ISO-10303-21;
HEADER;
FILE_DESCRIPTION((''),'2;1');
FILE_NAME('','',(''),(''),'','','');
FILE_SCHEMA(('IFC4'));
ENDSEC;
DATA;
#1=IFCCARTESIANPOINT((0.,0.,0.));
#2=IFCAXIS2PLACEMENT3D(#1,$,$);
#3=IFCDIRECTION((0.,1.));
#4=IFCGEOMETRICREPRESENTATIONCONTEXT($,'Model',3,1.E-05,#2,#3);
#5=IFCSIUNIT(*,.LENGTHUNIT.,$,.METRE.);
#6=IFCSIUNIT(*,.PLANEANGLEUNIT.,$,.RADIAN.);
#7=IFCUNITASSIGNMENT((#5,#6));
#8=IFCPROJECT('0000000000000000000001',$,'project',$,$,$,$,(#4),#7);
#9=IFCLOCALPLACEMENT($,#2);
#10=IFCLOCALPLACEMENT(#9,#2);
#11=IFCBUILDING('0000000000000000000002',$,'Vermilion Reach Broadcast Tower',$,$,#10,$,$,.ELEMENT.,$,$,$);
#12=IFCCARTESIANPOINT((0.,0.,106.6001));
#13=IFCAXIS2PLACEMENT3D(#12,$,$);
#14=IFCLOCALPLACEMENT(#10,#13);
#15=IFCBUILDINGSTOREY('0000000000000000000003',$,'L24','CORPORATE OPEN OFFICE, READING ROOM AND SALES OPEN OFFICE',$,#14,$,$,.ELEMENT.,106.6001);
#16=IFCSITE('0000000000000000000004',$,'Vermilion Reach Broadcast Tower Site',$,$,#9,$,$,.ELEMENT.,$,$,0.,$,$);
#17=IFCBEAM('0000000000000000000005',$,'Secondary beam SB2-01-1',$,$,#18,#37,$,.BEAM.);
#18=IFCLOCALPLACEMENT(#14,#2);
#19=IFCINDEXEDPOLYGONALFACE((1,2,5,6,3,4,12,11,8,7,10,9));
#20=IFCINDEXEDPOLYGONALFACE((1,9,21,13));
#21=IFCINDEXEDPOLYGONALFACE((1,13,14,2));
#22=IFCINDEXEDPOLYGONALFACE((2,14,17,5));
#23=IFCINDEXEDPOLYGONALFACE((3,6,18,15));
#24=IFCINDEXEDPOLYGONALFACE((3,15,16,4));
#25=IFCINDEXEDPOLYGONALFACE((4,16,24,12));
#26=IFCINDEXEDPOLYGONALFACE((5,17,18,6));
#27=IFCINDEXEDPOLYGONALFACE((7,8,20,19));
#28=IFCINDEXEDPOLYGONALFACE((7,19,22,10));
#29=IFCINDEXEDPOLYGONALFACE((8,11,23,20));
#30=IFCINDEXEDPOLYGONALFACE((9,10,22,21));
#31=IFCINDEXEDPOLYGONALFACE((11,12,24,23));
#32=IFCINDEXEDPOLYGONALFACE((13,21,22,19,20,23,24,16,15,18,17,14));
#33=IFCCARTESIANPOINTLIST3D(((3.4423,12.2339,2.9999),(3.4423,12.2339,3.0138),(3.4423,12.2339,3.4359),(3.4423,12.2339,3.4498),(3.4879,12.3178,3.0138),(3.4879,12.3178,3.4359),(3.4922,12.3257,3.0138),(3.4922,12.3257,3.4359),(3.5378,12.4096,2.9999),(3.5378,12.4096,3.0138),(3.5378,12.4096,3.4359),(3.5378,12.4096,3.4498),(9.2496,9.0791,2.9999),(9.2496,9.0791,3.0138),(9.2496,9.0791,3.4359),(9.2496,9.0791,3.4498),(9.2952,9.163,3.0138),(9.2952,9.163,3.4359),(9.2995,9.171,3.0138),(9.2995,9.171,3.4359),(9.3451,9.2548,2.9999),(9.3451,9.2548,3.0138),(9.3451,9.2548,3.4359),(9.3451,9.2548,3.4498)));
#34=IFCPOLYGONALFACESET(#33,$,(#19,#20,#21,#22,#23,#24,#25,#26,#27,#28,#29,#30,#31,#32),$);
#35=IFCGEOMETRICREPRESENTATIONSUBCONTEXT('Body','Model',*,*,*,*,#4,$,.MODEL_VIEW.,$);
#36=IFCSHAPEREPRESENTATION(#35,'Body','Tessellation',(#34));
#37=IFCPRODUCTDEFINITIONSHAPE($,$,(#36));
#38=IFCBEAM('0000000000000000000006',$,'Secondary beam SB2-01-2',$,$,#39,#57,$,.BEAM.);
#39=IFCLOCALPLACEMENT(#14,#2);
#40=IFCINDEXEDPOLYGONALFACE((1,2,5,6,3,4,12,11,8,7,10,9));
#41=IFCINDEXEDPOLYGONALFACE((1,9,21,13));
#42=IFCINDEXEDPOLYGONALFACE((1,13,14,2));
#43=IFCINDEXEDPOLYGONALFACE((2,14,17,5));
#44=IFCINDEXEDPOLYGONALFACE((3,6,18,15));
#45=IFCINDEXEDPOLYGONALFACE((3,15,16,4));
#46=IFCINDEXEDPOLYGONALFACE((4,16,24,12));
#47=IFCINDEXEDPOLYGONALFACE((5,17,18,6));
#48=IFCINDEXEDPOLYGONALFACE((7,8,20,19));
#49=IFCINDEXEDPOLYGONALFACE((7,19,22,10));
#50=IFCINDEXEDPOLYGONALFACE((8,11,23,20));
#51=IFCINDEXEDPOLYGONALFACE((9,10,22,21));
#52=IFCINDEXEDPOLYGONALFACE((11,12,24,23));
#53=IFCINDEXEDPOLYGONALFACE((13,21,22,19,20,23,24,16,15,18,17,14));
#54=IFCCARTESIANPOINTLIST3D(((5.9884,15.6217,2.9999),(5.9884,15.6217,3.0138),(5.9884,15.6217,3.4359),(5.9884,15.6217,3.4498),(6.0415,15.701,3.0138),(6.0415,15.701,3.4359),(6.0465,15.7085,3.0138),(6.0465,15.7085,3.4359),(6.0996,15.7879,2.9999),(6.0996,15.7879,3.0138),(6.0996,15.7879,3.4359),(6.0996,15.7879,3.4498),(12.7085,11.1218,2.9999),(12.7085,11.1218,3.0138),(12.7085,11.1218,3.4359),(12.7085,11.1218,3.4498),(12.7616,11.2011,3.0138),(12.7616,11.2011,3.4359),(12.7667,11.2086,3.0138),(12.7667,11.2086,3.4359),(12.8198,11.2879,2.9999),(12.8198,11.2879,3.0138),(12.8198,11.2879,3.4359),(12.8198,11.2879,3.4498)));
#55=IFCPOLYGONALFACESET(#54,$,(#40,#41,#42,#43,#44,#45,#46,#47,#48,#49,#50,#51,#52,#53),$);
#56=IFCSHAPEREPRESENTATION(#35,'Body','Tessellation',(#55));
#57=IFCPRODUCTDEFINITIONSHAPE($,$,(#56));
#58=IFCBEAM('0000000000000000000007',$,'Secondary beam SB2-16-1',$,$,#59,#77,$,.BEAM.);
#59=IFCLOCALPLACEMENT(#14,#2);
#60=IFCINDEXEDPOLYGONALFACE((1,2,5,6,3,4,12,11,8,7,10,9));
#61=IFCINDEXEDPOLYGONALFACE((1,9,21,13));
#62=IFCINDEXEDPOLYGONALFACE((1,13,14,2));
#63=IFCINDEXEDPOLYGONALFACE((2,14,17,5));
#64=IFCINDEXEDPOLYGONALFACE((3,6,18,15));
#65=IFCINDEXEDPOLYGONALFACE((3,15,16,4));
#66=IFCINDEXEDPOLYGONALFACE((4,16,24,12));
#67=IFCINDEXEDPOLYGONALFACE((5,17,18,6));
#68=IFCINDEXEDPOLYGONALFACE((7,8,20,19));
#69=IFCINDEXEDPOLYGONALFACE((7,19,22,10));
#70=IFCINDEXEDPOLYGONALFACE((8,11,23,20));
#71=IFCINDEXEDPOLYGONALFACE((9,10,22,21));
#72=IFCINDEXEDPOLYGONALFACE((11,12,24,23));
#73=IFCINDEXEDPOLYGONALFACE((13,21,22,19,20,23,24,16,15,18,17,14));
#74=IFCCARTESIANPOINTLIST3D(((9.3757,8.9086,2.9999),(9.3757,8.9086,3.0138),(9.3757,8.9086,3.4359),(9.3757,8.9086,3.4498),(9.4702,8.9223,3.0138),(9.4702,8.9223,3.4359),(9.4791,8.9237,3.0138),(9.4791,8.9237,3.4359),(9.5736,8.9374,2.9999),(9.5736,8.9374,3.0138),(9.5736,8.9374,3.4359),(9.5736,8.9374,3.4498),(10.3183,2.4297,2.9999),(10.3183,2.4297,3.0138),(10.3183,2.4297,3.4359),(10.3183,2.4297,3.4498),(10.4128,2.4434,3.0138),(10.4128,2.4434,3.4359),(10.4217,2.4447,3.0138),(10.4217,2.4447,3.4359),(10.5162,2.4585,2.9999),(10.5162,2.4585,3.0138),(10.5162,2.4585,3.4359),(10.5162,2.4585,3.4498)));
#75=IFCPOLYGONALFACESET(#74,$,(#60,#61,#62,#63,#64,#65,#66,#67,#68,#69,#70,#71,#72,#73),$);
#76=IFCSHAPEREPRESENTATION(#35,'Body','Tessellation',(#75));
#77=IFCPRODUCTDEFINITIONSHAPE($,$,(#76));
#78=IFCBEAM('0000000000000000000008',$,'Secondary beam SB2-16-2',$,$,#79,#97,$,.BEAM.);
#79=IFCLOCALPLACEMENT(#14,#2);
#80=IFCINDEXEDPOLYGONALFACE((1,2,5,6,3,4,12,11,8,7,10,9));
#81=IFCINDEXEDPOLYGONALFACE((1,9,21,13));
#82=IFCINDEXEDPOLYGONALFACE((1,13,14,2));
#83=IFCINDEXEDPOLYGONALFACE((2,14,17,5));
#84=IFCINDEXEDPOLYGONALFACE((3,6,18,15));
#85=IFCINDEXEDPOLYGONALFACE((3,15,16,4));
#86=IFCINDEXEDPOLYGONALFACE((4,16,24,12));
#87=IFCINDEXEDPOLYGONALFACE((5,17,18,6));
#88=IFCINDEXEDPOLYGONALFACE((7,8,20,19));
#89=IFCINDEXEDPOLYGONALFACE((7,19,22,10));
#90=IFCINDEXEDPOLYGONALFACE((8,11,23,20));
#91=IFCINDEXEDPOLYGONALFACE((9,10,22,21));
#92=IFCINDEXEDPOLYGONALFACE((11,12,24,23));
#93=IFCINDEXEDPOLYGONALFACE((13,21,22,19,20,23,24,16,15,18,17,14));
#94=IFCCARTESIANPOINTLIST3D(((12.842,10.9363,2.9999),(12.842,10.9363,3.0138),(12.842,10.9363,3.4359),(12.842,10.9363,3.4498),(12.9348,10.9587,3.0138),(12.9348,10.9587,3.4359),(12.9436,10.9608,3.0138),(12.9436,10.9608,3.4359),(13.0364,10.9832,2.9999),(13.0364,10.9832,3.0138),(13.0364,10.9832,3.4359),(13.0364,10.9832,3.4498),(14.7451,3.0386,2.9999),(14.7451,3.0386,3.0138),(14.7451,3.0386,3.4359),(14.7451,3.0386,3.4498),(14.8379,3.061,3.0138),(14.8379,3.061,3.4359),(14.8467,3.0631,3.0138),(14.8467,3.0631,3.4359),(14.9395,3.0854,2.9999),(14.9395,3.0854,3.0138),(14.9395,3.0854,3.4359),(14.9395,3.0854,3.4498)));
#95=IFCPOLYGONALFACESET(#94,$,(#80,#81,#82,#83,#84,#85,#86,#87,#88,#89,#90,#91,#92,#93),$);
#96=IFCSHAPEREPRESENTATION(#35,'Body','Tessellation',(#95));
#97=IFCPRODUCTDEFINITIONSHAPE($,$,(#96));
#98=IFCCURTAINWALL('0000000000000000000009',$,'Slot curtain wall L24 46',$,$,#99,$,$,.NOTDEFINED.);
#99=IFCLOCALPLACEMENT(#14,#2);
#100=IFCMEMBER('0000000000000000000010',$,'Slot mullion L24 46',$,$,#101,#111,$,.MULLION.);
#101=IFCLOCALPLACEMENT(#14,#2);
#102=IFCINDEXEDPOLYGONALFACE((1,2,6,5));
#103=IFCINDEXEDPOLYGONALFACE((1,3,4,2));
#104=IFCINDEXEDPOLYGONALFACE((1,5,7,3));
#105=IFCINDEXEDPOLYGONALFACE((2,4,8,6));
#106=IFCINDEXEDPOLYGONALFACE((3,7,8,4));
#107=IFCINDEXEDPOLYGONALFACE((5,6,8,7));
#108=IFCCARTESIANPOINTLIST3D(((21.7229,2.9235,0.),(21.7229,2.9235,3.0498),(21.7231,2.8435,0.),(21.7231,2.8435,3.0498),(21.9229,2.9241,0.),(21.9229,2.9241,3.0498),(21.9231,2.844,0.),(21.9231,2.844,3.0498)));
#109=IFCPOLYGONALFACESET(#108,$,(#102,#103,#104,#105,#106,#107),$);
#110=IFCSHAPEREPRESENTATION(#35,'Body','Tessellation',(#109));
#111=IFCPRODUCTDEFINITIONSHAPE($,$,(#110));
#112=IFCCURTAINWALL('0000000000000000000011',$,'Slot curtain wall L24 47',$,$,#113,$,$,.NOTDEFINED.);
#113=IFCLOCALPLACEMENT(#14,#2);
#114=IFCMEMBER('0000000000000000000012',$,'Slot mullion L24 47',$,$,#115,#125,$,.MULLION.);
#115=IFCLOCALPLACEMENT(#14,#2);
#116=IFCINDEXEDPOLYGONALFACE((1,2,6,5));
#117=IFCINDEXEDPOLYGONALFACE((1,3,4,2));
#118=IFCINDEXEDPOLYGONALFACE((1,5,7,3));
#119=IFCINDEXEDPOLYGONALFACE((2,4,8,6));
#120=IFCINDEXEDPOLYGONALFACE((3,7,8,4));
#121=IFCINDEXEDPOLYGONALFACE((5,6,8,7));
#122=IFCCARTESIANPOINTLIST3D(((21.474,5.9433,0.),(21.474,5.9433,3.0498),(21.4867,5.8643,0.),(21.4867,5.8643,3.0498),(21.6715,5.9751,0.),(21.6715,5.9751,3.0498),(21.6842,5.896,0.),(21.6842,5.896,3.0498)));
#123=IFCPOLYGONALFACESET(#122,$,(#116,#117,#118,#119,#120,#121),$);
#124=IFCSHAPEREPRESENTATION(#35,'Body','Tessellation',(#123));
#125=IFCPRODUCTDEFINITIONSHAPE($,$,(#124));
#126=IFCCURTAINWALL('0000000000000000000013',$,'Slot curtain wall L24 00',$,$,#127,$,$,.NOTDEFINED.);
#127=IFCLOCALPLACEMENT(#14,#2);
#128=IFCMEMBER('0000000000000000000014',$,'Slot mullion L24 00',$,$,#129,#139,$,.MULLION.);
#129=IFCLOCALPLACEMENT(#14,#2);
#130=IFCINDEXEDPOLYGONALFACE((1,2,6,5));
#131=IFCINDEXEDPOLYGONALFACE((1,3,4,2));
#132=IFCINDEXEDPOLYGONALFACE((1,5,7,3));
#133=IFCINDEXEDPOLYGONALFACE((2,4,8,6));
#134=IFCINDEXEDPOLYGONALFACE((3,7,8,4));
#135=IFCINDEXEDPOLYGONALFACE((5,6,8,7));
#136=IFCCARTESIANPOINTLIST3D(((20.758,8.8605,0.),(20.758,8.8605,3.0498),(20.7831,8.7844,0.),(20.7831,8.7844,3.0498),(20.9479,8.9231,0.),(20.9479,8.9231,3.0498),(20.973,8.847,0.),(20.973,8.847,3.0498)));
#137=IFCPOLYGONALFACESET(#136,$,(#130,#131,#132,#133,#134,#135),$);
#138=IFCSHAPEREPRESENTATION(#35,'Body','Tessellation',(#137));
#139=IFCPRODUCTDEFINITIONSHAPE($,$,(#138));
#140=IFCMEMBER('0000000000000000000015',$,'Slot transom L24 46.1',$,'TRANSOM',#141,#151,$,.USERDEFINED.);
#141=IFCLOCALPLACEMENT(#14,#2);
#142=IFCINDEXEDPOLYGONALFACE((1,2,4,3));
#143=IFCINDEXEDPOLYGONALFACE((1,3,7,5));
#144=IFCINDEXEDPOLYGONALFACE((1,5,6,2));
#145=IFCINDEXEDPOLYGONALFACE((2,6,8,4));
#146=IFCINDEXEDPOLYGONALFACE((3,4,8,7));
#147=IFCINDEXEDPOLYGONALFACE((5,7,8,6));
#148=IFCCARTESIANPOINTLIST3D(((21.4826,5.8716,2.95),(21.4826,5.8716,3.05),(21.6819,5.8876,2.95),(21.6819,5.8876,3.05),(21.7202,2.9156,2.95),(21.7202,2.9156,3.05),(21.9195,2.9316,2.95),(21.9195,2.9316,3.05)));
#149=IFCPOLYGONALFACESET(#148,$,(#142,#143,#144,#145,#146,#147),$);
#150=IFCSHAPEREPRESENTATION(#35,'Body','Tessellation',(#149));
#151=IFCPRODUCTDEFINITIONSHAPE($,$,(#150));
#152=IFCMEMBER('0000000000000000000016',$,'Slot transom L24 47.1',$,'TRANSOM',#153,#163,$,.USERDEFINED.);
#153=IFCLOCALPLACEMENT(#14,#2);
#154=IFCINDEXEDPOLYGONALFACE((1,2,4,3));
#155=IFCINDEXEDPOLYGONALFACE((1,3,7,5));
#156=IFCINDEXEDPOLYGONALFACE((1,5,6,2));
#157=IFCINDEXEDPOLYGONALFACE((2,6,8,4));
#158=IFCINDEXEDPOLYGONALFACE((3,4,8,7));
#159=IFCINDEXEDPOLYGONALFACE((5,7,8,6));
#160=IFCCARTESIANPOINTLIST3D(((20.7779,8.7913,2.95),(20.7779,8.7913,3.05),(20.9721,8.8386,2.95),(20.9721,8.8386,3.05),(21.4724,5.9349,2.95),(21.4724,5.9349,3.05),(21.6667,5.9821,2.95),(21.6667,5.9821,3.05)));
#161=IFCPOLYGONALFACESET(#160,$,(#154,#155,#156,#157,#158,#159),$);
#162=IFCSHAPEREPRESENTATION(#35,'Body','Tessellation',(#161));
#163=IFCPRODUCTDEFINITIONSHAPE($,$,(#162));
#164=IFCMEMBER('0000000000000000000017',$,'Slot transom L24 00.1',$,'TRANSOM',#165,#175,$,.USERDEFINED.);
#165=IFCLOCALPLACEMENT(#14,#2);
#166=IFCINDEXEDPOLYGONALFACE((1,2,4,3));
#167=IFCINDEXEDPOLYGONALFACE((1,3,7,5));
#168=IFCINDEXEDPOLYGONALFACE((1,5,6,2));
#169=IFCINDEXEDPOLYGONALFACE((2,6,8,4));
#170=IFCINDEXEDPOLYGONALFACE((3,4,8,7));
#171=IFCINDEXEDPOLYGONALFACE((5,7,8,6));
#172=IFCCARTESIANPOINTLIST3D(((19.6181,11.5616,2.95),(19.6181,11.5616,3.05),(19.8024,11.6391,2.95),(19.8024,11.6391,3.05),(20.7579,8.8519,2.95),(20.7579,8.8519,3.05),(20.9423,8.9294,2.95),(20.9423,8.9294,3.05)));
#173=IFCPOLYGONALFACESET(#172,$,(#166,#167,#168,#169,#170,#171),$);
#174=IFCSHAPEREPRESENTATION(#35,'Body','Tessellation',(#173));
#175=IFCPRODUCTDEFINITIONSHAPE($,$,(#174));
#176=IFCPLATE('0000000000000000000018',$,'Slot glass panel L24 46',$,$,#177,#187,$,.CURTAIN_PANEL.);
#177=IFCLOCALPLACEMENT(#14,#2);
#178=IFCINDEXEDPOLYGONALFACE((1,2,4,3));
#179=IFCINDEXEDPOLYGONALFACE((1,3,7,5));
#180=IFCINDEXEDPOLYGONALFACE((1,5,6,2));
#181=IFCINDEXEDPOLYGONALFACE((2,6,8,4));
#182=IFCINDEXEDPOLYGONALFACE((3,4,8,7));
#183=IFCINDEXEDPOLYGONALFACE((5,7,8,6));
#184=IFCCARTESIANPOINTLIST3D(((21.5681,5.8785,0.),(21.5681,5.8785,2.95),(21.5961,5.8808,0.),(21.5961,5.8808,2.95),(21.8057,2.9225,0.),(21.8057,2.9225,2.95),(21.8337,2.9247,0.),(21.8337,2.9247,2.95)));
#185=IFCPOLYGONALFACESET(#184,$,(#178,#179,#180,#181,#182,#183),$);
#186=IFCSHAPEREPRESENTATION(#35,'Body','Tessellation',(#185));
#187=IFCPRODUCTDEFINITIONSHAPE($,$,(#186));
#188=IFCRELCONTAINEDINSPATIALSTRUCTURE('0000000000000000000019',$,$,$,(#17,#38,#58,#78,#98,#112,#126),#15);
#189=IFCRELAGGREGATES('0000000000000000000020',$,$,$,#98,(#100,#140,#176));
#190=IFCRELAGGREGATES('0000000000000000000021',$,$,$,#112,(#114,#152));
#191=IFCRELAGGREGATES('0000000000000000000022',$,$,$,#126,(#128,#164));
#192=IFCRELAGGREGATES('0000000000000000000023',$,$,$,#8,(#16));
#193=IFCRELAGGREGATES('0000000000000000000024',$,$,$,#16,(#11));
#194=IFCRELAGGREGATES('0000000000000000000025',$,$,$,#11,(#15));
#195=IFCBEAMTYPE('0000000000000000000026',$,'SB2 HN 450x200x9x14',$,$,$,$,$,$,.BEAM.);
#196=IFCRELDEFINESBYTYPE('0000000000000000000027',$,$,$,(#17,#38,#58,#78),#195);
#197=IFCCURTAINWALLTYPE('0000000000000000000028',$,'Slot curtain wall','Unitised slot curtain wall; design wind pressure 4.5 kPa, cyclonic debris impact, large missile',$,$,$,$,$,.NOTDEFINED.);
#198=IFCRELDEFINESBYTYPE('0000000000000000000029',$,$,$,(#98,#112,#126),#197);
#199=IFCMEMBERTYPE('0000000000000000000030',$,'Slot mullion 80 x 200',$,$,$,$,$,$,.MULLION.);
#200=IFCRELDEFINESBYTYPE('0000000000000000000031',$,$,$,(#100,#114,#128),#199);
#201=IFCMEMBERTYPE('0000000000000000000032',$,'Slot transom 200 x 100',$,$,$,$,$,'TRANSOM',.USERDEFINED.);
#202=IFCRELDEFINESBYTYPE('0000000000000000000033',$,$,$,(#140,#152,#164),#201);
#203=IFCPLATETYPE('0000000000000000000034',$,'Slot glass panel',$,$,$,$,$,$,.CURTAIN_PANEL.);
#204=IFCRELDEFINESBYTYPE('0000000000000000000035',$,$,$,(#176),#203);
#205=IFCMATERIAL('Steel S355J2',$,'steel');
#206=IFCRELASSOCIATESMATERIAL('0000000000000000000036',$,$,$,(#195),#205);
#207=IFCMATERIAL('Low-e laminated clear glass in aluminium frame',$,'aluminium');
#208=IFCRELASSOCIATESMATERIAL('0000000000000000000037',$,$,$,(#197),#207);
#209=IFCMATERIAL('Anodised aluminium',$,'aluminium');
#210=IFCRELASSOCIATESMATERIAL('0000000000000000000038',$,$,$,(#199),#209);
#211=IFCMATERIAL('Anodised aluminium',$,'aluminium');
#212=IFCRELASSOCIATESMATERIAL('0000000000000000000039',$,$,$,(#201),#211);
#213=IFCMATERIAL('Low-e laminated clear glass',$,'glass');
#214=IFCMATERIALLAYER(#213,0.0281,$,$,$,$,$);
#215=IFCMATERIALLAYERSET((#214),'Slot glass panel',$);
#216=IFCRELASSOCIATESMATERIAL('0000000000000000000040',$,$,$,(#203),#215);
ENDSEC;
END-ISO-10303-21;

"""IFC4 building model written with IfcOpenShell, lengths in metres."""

from ifc_helpers import new_model, si_unit, direction, frame, origin, origin_2d, place, context, subcontext, project, spatial, rectangle, i_section, extrude, material, layer, layer_set, material_profile, profile_set, type_object, element, aggregate, save


model = new_model("IFC4")

# Units and contexts
model_context = context("Model", 3, precision=1e-05, world=origin(), true_north=direction((0.0, 1.0)))
body_context = subcontext(model_context, "Body", "Model", "MODEL_VIEW")
ifc_project = project(units=[si_unit("LENGTHUNIT", "METRE"), si_unit("PLANEANGLEUNIT", "RADIAN")], contexts=[model_context])

# Site, building, storey
site_placement = place(None, origin())
site = spatial("IfcSite", under=ifc_project, at=site_placement, Name="Vermilion Reach Broadcast Tower Site", CompositionType="ELEMENT", RefElevation=0.0)
building_placement = place(site_placement, origin())
building = spatial("IfcBuilding", under=site, at=building_placement, Name="Vermilion Reach Broadcast Tower", CompositionType="ELEMENT")
storey_placement = place(building_placement, frame((0.0, 0.0, 106.6001)))
storey = spatial("IfcBuildingStorey", under=building, at=storey_placement, Name="L24", Description="CORPORATE OPEN OFFICE, READING ROOM AND SALES OPEN OFFICE", CompositionType="ELEMENT", Elevation=106.6001)

# Beams
ifc_material_1 = material(Name="Steel S355J2", Category="steel")
ifc_material_profile_1 = material_profile(ifc_material_1, i_section(OverallWidth=0.2, OverallDepth=0.45, WebThickness=0.009, FlangeThickness=0.0139, at=origin_2d()), Name="S355J2 HN 450x200x9x14")
ifc_profile_set_1 = profile_set([ifc_material_profile_1], Name="Steel S355J2")
beam_type_1 = type_object("IfcBeamType", Name="SB2 HN 450x200x9x14", PredefinedType="BEAM", material=ifc_profile_set_1)
beam_1_placement = place(storey_placement, frame((9.2974, 9.167, 3.2249), z_axis=(-0.878713, 0.47735, 0.0), x_axis=(-0.47735, -0.878713, 0.0)))
element("IfcBeam", 1, at=beam_1_placement, inside=storey, type_object=beam_type_1, Name="Secondary beam SB2-01-1", PredefinedType="BEAM", context=body_context, shape_type="SweptSolid", body=[
    extrude(i_section(OverallWidth=0.2, OverallDepth=0.45, WebThickness=0.009, FlangeThickness=0.0139, at=origin_2d()), origin(), (0.0, 0.0, 1.0), 6.6089),
])
beam_2_placement = place(storey_placement, frame((12.7642, 11.2048, 3.2249), z_axis=(-0.830915, 0.556399, 0.0), x_axis=(-0.556399, -0.830915, 0.0)))
element("IfcBeam", 2, at=beam_2_placement, inside=storey, type_object=beam_type_1, Name="Secondary beam SB2-01-2", PredefinedType="BEAM", context=body_context, shape_type="SweptSolid", body=[
    extrude(i_section(OverallWidth=0.2, OverallDepth=0.45, WebThickness=0.009, FlangeThickness=0.0139, at=origin_2d()), origin(), (0.0, 0.0, 1.0), 8.0876),
])
beam_3_placement = place(storey_placement, frame((10.4172, 2.4441, 3.2249), z_axis=(-0.143974, 0.989582, 0.0), x_axis=(-0.989582, -0.143974, 0.0)))
element("IfcBeam", 3, at=beam_3_placement, inside=storey, type_object=beam_type_1, Name="Secondary beam SB2-16-1", PredefinedType="BEAM", context=body_context, shape_type="SweptSolid", body=[
    extrude(i_section(OverallWidth=0.2, OverallDepth=0.45, WebThickness=0.009, FlangeThickness=0.0139, at=origin_2d()), origin(), (0.0, 0.0, 1.0), 6.5471),
])
beam_4_placement = place(storey_placement, frame((14.8423, 3.062, 3.2249), z_axis=(-0.234261, 0.972174, 0.0), x_axis=(-0.972174, -0.234261, 0.0)))
element("IfcBeam", 4, at=beam_4_placement, inside=storey, type_object=beam_type_1, Name="Secondary beam SB2-16-2", PredefinedType="BEAM", context=body_context, shape_type="SweptSolid", body=[
    extrude(i_section(OverallWidth=0.2, OverallDepth=0.45, WebThickness=0.009, FlangeThickness=0.0139, at=origin_2d()), origin(), (0.0, 0.0, 1.0), 8.1238),
])

# Curtain walls, members
ifc_material_2 = material(Name="Low-e laminated clear glass in aluminium frame", Category="aluminium")
curtain_wall_type = type_object("IfcCurtainWallType", Name="Slot curtain wall", Description="Unitised slot curtain wall; design wind pressure 4.5 kPa, cyclonic debris impact, large missile", PredefinedType="NOTDEFINED", material=ifc_material_2)
placement = place(storey_placement, origin())
curtain_wall_1 = element("IfcCurtainWall", 5, at=placement, inside=storey, type_object=curtain_wall_type, Name="Slot curtain wall L24 46", PredefinedType="NOTDEFINED")
ifc_material_3 = material(Name="Anodised aluminium", Category="aluminium")
ifc_material_profile_2 = material_profile(ifc_material_3, rectangle(XDim=0.2, YDim=0.0801, at=origin_2d()), Name="Slot mullion 80 x 200")
ifc_profile_set_2 = profile_set([ifc_material_profile_2], Name="Anodised aluminium")
member_type_1 = type_object("IfcMemberType", Name="Slot mullion 80 x 200", PredefinedType="MULLION", material=ifc_profile_set_2)
member_1_placement = place(storey_placement, frame((21.823, 2.8838, 0.0), z_axis=(0.0, 0.0, 1.0), x_axis=(-0.999996, -0.002907, 0.0)))
member_1 = element("IfcMember", 6, at=member_1_placement, type_object=member_type_1, Name="Slot mullion L24 46", PredefinedType="MULLION", context=body_context, shape_type="SweptSolid", body=[
    extrude(rectangle(XDim=0.2, YDim=0.0801, at=origin_2d()), origin(), (0.0, 0.0, 1.0), 3.0498),
])
curtain_wall_2 = element("IfcCurtainWall", 7, at=placement, inside=storey, type_object=curtain_wall_type, Name="Slot curtain wall L24 47", PredefinedType="NOTDEFINED")
member_2_placement = place(storey_placement, frame((21.5791, 5.9197, 0.0), z_axis=(0.0, 0.0, 1.0), x_axis=(-0.987328, -0.158694, 0.0)))
member_2 = element("IfcMember", 8, at=member_2_placement, type_object=member_type_1, Name="Slot mullion L24 47", PredefinedType="MULLION", context=body_context, shape_type="SweptSolid", body=[
    extrude(rectangle(XDim=0.2, YDim=0.0801, at=origin_2d()), origin(), (0.0, 0.0, 1.0), 3.0498),
])
curtain_wall_3 = element("IfcCurtainWall", 9, at=placement, inside=storey, type_object=curtain_wall_type, Name="Slot curtain wall L24 00", PredefinedType="NOTDEFINED")
member_3_placement = place(storey_placement, frame((20.8655, 8.8538, 0.0), z_axis=(0.0, 0.0, 1.0), x_axis=(-0.949754, -0.312998, 0.0)))
member_3 = element("IfcMember", 10, at=member_3_placement, type_object=member_type_1, Name="Slot mullion L24 00", PredefinedType="MULLION", context=body_context, shape_type="SweptSolid", body=[
    extrude(rectangle(XDim=0.2, YDim=0.0801, at=origin_2d()), origin(), (0.0, 0.0, 1.0), 3.0498),
])

# Members
ifc_material_4 = material(Name="Anodised aluminium", Category="aluminium")
ifc_material_profile_3 = material_profile(ifc_material_4, rectangle(XDim=0.2, YDim=0.1001, at=origin_2d()), Name="Slot transom 200 x 100")
ifc_profile_set_3 = profile_set([ifc_material_profile_3], Name="Anodised aluminium")
member_type_2 = type_object("IfcMemberType", Name="Slot transom 200 x 100", ElementType="TRANSOM", PredefinedType="USERDEFINED", material=ifc_profile_set_3)
member_4_placement = place(storey_placement, frame((21.8198, 2.9236, 3.0), z_axis=(-0.080102, 0.996787, 0.0), x_axis=(-0.996787, -0.080102, 0.0)))
member_4 = element("IfcMember", 11, at=member_4_placement, type_object=member_type_2, Name="Slot transom L24 46.1", ObjectType="TRANSOM", PredefinedType="USERDEFINED", context=body_context, shape_type="SweptSolid", body=[
    extrude(rectangle(XDim=0.2, YDim=0.1001, at=origin_2d()), origin(), (0.0, 0.0, 1.0), 2.9656),
])
member_5_placement = place(storey_placement, frame((21.5696, 5.9585, 3.0), z_axis=(-0.236277, 0.971686, 0.0), x_axis=(-0.971686, -0.236277, 0.0)))
member_5 = element("IfcMember", 12, at=member_5_placement, type_object=member_type_2, Name="Slot transom L24 47.1", ObjectType="TRANSOM", PredefinedType="USERDEFINED", context=body_context, shape_type="SweptSolid", body=[
    extrude(rectangle(XDim=0.2, YDim=0.1001, at=origin_2d()), origin(), (0.0, 0.0, 1.0), 2.9397),
])
member_6_placement = place(storey_placement, frame((20.8501, 8.8906, 3.0), z_axis=(-0.387756, 0.921762, 0.0), x_axis=(-0.921762, -0.387756, 0.0)))
member_6 = element("IfcMember", 13, at=member_6_placement, type_object=member_type_2, Name="Slot transom L24 00.1", ObjectType="TRANSOM", PredefinedType="USERDEFINED", context=body_context, shape_type="SweptSolid", body=[
    extrude(rectangle(XDim=0.2, YDim=0.1001, at=origin_2d()), origin(), (0.0, 0.0, 1.0), 2.9397),
])

# Plate
ifc_material_5 = material(Name="Low-e laminated clear glass", Category="glass")
ifc_layer_1 = layer(ifc_material_5, 0.0281)
ifc_layer_set_1 = layer_set([ifc_layer_1], Name="Slot glass panel")
plate_type = type_object("IfcPlateType", Name="Slot glass panel", PredefinedType="CURTAIN_PANEL", material=ifc_layer_set_1)
plate_1_placement = place(storey_placement, frame((21.7009, 4.4016, 0.0), z_axis=(0.0, 0.0, 1.0), x_axis=(-0.08012, 0.996785, 0.0)))
plate_1 = element("IfcPlate", 14, at=plate_1_placement, type_object=plate_type, Name="Slot glass panel L24 46", PredefinedType="CURTAIN_PANEL", context=body_context, shape_type="SweptSolid", body=[
    extrude(rectangle(XDim=2.9656, YDim=0.0281, at=origin_2d()), origin(), (0.0, 0.0, 1.0), 2.95),
])
aggregate(curtain_wall_1, [member_1, member_4, plate_1])
aggregate(curtain_wall_2, [member_2, member_5])
aggregate(curtain_wall_3, [member_3, member_6])

save(model, "model.ifc")
